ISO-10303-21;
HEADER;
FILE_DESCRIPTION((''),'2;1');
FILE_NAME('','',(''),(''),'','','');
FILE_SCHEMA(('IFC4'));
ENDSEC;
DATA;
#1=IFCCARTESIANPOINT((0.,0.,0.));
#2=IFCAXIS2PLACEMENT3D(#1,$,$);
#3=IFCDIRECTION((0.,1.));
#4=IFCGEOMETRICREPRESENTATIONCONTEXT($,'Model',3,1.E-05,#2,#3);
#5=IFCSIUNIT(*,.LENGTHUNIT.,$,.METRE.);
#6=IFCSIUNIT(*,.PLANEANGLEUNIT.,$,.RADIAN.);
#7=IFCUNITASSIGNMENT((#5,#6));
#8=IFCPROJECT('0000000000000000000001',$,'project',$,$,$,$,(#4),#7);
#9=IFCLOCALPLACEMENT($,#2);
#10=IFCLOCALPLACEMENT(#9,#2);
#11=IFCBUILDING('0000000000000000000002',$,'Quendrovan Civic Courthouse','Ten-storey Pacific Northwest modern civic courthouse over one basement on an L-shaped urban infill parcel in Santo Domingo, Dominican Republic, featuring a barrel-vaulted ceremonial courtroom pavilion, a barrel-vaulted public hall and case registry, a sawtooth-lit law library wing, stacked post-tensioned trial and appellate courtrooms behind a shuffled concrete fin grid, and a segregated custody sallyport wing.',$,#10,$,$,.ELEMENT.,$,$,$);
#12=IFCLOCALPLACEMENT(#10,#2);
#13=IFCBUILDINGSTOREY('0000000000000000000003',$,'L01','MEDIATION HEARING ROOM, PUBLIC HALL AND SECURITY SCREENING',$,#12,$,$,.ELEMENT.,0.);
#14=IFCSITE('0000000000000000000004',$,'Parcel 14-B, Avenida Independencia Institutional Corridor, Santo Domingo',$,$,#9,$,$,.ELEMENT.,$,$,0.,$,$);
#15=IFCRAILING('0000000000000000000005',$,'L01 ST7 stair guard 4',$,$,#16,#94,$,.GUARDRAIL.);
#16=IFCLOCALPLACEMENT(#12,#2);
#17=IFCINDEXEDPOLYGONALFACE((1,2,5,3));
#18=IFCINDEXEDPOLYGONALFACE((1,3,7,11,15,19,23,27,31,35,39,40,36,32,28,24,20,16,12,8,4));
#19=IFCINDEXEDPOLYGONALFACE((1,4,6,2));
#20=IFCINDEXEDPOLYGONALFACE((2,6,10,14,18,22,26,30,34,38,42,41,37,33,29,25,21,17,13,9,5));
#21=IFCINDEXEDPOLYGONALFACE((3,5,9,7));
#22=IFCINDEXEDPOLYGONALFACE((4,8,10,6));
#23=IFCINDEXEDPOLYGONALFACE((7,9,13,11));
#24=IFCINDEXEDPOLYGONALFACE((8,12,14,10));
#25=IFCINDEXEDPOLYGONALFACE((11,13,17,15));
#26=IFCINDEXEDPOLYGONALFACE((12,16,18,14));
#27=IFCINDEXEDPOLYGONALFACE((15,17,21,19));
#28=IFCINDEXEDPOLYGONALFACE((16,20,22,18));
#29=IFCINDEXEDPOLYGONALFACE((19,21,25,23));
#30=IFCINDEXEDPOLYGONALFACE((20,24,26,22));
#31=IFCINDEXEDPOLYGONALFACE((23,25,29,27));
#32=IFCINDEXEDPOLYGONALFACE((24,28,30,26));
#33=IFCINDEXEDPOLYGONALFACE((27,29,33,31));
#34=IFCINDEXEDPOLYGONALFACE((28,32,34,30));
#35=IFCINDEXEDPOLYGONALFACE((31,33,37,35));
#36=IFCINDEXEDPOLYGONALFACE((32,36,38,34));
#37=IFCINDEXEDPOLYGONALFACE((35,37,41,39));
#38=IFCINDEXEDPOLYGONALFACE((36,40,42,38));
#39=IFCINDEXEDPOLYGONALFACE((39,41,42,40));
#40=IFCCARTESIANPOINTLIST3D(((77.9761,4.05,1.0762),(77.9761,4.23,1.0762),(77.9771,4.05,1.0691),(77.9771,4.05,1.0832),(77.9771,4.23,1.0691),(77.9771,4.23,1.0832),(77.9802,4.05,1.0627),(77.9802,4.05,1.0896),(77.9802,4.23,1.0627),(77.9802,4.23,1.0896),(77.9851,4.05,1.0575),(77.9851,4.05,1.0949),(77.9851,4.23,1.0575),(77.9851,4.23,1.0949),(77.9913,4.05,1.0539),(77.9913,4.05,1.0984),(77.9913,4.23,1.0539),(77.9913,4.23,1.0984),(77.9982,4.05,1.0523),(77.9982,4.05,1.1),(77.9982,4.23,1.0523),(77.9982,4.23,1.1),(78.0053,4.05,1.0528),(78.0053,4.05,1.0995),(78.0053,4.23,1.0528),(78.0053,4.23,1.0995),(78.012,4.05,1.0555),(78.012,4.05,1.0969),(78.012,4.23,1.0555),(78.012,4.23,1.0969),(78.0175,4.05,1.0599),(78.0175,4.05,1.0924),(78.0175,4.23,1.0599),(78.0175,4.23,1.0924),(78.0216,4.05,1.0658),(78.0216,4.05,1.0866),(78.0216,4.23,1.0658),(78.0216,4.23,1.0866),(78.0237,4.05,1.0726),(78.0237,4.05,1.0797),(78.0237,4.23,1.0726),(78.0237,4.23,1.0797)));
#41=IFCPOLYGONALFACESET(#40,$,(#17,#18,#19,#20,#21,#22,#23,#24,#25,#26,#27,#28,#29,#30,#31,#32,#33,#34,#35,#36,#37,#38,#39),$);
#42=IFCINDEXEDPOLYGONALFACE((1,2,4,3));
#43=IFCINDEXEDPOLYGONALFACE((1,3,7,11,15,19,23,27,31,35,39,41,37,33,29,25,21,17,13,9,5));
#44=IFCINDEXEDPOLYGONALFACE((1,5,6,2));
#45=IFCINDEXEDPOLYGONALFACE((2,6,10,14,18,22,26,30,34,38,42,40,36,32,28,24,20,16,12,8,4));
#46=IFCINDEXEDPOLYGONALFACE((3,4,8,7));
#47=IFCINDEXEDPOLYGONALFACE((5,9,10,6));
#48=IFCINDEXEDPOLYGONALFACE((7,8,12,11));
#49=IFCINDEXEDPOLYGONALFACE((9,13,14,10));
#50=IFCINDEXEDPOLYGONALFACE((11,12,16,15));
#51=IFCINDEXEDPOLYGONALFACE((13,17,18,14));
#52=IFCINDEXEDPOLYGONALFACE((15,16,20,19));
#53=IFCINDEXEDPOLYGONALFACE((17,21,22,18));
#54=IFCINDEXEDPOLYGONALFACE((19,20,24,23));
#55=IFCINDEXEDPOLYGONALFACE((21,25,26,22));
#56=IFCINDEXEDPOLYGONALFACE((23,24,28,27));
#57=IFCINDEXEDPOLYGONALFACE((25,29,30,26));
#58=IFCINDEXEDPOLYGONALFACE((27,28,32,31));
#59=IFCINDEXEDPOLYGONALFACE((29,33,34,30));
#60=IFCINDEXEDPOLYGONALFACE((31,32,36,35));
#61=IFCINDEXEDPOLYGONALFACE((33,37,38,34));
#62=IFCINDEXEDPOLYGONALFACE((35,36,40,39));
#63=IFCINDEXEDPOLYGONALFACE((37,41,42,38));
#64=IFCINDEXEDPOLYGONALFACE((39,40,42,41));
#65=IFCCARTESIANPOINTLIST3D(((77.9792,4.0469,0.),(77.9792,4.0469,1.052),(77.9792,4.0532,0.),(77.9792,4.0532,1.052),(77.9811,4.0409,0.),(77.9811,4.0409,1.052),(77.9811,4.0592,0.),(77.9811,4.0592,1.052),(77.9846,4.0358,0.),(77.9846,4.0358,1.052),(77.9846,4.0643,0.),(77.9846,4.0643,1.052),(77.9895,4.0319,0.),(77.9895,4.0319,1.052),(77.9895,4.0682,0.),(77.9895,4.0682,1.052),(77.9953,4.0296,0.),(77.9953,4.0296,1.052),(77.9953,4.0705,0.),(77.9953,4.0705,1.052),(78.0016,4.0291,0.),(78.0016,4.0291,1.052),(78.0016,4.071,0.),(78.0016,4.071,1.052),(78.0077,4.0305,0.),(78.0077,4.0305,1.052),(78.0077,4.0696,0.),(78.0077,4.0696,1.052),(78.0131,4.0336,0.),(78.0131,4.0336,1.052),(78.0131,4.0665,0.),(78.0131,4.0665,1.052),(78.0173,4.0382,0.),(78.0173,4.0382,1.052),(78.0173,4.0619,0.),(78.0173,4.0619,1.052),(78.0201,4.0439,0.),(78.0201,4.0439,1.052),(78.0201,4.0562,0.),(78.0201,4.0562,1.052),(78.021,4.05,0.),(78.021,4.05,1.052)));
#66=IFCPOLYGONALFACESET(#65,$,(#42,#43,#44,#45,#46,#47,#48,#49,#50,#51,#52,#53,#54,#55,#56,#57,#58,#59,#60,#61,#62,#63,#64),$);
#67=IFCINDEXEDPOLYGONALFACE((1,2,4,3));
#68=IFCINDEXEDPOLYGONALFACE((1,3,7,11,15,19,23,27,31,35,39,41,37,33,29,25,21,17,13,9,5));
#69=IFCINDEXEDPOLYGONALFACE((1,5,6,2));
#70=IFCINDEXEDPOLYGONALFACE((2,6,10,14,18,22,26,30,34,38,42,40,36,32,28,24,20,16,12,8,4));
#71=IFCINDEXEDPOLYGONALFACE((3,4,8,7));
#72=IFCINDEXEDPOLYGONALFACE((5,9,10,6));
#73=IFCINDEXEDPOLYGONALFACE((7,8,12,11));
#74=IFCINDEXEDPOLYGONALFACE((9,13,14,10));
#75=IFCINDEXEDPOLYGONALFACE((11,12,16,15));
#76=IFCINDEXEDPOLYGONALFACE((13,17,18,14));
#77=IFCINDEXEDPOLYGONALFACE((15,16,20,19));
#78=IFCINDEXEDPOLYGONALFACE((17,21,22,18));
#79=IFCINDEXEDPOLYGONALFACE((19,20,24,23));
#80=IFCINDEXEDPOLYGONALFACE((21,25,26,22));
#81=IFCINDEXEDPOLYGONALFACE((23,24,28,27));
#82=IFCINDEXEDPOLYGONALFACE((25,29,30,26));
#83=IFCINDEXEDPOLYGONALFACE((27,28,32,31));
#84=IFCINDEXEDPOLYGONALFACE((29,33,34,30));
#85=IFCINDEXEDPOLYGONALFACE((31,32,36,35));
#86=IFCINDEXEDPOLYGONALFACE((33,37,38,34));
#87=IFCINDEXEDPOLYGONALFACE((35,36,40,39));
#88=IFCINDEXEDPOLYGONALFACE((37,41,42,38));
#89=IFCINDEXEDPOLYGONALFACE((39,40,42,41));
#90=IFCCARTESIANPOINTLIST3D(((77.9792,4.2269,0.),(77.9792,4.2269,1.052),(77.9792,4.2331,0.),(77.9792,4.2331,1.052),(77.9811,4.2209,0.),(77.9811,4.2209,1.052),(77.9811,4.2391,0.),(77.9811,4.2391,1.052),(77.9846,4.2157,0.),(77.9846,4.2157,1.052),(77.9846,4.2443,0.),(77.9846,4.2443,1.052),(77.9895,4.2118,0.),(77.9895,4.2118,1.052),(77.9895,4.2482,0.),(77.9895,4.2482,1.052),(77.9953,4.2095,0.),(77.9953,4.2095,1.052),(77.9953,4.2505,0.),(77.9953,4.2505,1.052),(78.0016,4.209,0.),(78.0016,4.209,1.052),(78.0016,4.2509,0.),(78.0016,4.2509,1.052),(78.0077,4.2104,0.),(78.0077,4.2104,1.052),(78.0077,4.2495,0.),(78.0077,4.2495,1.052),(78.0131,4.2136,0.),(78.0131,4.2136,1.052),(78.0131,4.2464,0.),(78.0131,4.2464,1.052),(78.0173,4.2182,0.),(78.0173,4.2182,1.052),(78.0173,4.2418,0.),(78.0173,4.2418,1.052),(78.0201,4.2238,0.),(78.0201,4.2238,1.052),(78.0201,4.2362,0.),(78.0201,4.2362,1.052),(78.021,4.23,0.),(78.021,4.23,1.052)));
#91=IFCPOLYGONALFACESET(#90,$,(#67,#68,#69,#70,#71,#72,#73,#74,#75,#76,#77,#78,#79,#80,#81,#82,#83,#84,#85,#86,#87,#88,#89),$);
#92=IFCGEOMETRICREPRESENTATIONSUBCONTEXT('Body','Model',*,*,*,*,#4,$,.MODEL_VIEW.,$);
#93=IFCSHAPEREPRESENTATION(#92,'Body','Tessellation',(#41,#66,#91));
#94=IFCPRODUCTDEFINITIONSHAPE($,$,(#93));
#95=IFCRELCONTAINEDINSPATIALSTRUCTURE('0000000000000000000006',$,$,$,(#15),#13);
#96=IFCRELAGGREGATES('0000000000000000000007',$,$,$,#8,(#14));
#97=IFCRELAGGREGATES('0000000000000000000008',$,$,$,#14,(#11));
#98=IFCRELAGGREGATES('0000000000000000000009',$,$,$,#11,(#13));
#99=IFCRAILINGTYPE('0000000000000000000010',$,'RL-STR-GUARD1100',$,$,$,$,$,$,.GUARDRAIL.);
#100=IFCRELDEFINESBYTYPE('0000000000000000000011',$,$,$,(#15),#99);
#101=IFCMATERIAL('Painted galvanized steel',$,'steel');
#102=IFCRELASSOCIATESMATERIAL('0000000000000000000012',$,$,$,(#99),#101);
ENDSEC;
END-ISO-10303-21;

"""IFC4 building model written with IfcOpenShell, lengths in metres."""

from ifc_helpers import new_model, si_unit, direction, frame, origin, origin_2d, place, context, subcontext, project, spatial, circle, extrude, material, type_object, element, save


model = new_model("IFC4")

# Units and contexts
model_context = context("Model", 3, precision=1e-05, world=origin(), true_north=direction((0.0, 1.0)))
body_context = subcontext(model_context, "Body", "Model", "MODEL_VIEW")
ifc_project = project(units=[si_unit("LENGTHUNIT", "METRE"), si_unit("PLANEANGLEUNIT", "RADIAN")], contexts=[model_context])

# Site, building, storey
site_placement = place(None, origin())
site = spatial("IfcSite", under=ifc_project, at=site_placement, Name="Parcel 14-B, Avenida Independencia Institutional Corridor, Santo Domingo", CompositionType="ELEMENT", RefElevation=0.0)
building_placement = place(site_placement, origin())
building = spatial("IfcBuilding", under=site, at=building_placement, Name="Quendrovan Civic Courthouse", Description="Ten-storey Pacific Northwest modern civic courthouse over one basement on an L-shaped urban infill parcel in Santo Domingo, Dominican Republic, featuring a barrel-vaulted ceremonial courtroom pavilion, a barrel-vaulted public hall and case registry, a sawtooth-lit law library wing, stacked post-tensioned trial and appellate courtrooms behind a shuffled concrete fin grid, and a segregated custody sallyport wing.", CompositionType="ELEMENT")
storey_placement = place(building_placement, origin())
storey = spatial("IfcBuildingStorey", under=building, at=storey_placement, Name="L01", Description="MEDIATION HEARING ROOM, PUBLIC HALL AND SECURITY SCREENING", CompositionType="ELEMENT", Elevation=0.0)

# Railing
ifc_material_1 = material(Name="Painted galvanized steel", Category="steel")
railing_type_1 = type_object("IfcRailingType", Name="RL-STR-GUARD1100", PredefinedType="GUARDRAIL", material=ifc_material_1)
railing_1_placement = place(storey_placement, frame((78.0, 4.05, 0.0)))
element("IfcRailing", 1, at=railing_1_placement, inside=storey, type_object=railing_type_1, Name="L01 ST7 stair guard 4", PredefinedType="GUARDRAIL", context=body_context, shape_type="SweptSolid", body=[
    extrude(circle(Radius=0.0239, at=origin_2d()), frame((0.0, 0.0, 1.0762), z_axis=(0.0, 1.0, 0.0), x_axis=(-1.0, 0.0, 0.0)), (0.0, 0.0, 1.0), 0.1799),
    extrude(circle(Radius=0.021, at=origin_2d()), origin(), (0.0, 0.0, 1.0), 1.052),
    extrude(circle(Radius=0.021, at=origin_2d()), frame((0.0, 0.1799, 0.0)), (0.0, 0.0, 1.0), 1.052),
])

save(model, "model.ifc")
